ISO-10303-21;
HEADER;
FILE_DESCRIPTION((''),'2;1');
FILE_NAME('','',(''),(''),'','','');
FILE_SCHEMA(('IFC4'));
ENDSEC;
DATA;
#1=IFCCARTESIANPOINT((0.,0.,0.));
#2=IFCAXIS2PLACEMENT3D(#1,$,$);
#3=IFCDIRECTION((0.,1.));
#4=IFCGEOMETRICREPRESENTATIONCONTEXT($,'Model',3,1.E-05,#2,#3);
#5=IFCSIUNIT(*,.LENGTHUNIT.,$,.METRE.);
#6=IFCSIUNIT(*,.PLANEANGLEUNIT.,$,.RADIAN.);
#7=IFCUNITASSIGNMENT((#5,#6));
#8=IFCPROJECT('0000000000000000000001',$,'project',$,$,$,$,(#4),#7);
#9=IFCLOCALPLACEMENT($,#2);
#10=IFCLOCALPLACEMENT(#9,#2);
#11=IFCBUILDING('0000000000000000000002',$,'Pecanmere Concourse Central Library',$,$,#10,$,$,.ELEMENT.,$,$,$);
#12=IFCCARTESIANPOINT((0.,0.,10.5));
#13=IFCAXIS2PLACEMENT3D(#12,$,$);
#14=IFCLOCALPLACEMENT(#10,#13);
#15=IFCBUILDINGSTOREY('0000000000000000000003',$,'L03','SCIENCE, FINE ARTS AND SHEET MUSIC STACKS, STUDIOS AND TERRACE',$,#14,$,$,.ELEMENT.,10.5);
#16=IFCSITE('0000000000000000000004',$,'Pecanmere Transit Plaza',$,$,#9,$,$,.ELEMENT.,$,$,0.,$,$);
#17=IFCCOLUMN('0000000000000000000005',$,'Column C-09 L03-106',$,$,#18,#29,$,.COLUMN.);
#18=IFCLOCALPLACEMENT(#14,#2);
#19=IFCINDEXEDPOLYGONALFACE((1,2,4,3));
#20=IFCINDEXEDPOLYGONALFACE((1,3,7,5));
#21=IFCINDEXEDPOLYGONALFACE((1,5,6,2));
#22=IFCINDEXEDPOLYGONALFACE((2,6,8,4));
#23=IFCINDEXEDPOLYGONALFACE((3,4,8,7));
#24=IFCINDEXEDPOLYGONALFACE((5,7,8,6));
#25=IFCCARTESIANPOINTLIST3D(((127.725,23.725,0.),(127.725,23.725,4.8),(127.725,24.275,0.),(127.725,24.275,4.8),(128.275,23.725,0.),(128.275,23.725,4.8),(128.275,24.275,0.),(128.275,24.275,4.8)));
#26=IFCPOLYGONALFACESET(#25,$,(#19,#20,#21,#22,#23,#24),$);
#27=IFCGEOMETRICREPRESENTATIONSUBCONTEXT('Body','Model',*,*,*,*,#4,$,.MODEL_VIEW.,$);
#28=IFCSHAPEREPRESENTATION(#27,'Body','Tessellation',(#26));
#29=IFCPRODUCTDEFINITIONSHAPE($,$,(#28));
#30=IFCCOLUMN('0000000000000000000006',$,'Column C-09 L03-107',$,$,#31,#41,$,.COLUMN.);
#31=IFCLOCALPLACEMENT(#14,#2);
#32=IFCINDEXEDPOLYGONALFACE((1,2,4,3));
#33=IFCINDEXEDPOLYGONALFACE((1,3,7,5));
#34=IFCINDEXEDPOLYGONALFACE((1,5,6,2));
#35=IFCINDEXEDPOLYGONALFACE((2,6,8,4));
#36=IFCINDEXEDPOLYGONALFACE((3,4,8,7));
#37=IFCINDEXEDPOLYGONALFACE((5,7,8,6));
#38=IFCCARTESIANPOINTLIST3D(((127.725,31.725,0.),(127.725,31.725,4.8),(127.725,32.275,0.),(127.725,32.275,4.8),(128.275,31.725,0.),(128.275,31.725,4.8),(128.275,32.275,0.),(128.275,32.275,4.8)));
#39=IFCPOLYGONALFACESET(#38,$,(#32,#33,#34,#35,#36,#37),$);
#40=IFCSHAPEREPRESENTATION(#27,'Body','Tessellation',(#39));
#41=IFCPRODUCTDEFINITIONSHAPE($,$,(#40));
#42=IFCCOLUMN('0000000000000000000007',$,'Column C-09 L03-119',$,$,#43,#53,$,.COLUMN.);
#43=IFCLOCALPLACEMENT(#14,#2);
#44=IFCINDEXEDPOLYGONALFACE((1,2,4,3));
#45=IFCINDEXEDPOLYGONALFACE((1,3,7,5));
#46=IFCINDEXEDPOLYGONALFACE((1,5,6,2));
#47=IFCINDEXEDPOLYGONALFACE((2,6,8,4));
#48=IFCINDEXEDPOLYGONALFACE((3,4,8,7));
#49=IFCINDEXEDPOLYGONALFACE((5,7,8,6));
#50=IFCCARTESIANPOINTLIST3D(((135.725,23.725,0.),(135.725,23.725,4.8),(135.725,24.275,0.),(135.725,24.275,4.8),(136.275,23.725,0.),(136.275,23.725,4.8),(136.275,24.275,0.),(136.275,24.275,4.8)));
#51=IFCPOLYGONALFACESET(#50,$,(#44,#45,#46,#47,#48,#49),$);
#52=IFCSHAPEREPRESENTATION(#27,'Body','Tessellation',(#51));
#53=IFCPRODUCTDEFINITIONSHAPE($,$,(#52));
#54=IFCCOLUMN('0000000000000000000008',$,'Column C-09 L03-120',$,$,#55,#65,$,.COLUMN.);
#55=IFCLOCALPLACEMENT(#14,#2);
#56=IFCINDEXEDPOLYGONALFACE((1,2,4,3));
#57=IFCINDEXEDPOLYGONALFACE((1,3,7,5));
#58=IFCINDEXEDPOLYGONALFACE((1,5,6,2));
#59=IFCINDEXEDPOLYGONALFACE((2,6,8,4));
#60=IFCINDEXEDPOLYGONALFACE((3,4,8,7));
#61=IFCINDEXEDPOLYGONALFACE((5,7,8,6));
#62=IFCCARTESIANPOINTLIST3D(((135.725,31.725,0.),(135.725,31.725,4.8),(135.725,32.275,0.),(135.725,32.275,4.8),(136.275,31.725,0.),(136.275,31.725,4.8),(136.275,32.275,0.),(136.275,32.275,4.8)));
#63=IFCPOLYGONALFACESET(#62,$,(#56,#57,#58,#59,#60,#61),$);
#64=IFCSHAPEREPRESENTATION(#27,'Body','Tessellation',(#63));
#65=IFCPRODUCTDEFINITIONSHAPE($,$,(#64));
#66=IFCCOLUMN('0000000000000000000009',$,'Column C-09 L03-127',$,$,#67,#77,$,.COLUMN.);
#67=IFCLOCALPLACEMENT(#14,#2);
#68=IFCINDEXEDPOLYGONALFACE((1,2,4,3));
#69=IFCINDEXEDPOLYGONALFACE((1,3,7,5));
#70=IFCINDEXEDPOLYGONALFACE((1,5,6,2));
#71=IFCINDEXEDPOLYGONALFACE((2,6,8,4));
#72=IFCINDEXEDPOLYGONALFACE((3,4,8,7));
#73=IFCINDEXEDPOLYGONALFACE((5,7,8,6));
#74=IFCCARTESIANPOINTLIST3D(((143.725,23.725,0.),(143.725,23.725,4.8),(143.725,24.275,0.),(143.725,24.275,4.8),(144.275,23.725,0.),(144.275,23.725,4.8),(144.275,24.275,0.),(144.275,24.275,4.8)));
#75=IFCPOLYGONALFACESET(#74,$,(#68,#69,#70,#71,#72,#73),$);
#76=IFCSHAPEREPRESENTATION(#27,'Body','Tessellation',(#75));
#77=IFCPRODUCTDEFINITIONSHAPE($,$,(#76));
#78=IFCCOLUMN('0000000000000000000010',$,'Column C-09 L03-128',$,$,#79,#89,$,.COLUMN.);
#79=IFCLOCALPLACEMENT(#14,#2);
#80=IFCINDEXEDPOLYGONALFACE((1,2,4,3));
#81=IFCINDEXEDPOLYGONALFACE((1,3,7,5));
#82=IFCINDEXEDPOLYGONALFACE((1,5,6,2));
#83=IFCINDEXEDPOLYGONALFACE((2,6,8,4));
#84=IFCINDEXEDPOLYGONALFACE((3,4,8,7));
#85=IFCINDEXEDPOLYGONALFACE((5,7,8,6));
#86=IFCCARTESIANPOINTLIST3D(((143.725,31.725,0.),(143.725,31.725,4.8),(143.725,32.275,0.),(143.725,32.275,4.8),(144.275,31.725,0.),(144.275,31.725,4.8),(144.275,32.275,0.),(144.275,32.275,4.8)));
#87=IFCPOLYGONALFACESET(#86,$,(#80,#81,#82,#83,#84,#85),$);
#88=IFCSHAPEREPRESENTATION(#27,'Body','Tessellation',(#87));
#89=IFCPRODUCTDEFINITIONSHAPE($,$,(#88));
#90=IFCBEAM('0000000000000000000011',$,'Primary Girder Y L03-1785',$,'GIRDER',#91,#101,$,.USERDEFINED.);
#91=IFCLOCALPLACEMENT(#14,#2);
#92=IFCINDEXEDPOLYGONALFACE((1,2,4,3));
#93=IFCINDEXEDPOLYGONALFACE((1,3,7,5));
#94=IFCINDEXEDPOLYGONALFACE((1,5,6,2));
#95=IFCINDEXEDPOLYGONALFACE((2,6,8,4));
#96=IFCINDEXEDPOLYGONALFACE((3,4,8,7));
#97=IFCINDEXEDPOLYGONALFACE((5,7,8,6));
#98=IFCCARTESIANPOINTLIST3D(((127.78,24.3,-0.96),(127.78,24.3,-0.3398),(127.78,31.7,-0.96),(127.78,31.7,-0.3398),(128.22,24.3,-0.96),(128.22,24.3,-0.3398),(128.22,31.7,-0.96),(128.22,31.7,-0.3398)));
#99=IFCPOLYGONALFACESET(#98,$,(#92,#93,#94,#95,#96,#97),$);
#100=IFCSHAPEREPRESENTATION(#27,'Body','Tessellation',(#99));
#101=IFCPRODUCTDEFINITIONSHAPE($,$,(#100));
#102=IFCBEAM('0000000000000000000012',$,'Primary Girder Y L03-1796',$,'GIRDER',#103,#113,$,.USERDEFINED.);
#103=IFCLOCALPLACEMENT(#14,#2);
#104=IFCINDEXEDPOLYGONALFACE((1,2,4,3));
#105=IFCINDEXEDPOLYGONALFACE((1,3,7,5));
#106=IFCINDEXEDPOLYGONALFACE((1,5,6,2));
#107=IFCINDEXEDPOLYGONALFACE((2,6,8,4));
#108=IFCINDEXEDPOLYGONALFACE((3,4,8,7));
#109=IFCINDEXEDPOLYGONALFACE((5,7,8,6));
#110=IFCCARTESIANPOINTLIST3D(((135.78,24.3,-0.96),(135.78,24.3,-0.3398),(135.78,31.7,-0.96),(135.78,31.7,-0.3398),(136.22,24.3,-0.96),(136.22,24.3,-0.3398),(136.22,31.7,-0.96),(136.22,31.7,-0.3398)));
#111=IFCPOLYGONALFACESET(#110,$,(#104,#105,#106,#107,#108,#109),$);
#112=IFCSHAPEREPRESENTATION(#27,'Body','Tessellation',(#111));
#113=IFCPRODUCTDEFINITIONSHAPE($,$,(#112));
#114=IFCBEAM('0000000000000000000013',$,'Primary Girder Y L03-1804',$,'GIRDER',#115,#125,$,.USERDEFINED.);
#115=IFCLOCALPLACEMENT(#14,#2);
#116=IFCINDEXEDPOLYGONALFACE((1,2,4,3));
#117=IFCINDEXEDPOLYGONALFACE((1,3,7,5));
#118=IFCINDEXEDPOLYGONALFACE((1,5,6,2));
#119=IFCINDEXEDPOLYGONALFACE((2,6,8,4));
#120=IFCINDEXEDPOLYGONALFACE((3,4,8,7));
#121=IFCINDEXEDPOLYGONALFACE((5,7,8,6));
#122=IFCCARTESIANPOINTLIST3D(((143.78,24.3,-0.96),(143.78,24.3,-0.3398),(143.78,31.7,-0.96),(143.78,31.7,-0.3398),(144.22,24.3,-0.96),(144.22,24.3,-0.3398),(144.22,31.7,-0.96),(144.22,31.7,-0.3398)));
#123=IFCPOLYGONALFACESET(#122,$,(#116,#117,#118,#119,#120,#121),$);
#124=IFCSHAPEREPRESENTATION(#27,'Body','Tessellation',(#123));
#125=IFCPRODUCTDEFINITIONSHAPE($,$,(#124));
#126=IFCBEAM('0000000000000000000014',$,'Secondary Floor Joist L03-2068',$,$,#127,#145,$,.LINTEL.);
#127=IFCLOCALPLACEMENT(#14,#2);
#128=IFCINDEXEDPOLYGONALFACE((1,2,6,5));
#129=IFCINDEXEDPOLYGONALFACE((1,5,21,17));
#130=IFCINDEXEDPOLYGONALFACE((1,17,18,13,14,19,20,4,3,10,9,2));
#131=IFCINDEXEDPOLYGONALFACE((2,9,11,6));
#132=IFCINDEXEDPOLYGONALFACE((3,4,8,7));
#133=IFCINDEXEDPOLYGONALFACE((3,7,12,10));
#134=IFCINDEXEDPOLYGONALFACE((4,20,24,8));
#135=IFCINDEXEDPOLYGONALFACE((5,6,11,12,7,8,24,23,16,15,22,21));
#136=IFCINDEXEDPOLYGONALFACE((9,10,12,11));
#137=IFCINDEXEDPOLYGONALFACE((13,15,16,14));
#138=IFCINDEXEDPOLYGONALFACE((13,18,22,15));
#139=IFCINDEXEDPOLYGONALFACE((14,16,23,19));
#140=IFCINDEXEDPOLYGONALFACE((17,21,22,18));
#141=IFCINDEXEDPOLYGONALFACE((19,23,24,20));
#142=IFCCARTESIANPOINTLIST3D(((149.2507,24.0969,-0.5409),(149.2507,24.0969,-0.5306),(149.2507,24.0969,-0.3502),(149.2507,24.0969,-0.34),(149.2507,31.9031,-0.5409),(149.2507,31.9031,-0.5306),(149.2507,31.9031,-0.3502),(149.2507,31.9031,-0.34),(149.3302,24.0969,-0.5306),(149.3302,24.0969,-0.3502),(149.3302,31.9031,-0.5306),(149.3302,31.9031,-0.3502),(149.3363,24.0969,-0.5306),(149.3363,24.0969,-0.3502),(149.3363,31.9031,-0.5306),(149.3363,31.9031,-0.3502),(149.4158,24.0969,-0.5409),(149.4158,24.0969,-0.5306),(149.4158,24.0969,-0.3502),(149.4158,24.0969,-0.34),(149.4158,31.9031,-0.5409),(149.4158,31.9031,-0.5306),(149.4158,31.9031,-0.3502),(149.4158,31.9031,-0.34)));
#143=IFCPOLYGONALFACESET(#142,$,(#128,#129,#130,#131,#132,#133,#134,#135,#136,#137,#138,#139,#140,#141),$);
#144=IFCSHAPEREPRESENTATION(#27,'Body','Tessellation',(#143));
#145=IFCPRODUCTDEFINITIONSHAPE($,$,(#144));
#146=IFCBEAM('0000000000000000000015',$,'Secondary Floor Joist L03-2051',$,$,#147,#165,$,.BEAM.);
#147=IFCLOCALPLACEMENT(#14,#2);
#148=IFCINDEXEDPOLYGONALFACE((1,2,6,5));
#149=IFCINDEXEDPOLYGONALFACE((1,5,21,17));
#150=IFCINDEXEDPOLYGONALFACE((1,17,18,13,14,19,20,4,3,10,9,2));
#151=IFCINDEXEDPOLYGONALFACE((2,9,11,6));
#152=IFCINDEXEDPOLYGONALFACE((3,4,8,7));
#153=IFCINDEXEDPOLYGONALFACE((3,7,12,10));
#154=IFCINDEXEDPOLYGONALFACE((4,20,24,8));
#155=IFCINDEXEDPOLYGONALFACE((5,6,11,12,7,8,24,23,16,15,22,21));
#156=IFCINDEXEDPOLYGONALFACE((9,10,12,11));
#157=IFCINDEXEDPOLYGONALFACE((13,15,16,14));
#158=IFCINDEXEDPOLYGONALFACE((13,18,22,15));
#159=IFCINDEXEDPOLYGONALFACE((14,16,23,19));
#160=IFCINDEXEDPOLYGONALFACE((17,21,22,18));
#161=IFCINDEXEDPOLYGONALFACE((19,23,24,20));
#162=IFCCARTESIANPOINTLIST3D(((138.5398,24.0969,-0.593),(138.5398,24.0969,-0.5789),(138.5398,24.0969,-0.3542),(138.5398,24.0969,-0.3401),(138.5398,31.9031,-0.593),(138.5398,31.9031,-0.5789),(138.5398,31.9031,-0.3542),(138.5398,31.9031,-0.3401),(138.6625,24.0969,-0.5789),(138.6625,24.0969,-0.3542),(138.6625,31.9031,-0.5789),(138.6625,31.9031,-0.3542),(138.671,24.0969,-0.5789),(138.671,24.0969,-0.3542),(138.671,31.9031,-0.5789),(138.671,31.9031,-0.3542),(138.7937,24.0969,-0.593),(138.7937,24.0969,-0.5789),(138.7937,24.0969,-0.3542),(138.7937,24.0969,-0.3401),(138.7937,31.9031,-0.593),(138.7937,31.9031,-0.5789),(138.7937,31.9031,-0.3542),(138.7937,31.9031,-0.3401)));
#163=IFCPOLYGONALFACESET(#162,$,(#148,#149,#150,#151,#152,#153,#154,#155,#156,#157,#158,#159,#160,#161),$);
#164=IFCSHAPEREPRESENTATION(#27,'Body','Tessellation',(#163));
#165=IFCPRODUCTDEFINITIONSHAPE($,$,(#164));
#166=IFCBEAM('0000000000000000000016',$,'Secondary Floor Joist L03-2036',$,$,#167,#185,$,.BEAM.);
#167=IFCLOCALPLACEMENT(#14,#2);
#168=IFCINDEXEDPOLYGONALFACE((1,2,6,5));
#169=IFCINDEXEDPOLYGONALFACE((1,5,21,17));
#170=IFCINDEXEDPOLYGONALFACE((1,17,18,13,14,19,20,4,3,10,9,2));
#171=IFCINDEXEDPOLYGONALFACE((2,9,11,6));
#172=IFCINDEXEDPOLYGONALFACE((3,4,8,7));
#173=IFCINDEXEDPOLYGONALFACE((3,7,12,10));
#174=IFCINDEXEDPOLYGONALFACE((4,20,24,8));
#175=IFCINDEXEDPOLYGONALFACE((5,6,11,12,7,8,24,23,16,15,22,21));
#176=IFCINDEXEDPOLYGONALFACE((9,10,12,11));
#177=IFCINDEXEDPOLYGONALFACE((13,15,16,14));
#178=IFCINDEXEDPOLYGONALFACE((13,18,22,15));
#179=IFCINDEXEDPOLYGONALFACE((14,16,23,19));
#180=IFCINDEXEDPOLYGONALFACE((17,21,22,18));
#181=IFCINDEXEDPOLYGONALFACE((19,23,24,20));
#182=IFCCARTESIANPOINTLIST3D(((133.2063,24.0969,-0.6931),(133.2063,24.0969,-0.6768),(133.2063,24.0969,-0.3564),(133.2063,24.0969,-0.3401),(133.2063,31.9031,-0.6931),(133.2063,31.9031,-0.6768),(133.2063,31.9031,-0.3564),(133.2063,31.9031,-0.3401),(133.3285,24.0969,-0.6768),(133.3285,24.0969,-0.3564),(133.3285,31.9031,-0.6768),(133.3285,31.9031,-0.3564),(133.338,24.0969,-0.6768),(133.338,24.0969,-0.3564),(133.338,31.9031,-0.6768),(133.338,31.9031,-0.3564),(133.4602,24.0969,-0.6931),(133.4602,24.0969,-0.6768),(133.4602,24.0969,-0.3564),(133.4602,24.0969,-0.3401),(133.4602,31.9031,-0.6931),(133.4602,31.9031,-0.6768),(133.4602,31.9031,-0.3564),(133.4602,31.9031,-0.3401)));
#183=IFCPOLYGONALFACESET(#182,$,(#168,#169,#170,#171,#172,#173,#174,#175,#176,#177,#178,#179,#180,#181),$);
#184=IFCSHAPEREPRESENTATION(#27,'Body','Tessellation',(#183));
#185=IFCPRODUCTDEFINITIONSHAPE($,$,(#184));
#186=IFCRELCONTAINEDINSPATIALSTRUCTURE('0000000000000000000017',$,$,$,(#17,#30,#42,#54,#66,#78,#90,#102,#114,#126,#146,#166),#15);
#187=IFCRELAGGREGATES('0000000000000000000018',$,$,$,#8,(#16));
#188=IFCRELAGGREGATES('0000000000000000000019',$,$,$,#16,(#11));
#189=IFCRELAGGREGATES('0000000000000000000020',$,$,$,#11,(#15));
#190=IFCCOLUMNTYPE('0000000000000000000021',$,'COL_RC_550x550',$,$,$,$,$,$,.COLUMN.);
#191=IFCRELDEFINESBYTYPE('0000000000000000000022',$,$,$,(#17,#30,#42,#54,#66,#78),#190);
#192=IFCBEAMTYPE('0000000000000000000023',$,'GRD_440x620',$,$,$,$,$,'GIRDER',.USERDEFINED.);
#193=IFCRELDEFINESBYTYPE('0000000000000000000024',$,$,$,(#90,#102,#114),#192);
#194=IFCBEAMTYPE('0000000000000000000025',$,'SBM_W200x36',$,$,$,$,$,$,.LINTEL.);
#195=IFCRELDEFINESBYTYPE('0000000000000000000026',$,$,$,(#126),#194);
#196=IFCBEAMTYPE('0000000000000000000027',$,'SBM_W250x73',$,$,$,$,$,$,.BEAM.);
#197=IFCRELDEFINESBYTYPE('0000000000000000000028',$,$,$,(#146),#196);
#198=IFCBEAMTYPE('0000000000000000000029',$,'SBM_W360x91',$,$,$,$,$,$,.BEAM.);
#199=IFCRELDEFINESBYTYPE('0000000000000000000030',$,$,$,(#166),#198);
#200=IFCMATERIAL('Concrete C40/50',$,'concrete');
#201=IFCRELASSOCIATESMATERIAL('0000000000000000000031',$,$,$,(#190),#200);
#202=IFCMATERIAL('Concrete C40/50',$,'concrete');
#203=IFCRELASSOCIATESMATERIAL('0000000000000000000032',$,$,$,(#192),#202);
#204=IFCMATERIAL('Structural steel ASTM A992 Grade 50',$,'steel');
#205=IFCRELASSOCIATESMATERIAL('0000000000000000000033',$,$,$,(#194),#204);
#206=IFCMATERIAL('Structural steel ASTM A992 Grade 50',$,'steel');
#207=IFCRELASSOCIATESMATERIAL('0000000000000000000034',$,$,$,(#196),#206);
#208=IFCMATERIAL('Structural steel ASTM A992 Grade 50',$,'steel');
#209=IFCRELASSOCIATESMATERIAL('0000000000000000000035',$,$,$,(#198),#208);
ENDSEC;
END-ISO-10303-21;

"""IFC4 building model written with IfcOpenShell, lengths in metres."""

from ifc_helpers import new_model, si_unit, direction, frame, origin, origin_2d, place, context, subcontext, project, spatial, rectangle, i_section, extrude, material, material_profile, profile_set, type_object, element, save


model = new_model("IFC4")

# Units and contexts
model_context = context("Model", 3, precision=1e-05, world=origin(), true_north=direction((0.0, 1.0)))
body_context = subcontext(model_context, "Body", "Model", "MODEL_VIEW")
ifc_project = project(units=[si_unit("LENGTHUNIT", "METRE"), si_unit("PLANEANGLEUNIT", "RADIAN")], contexts=[model_context])

# Site, building, storey
site_placement = place(None, origin())
site = spatial("IfcSite", under=ifc_project, at=site_placement, Name="Pecanmere Transit Plaza", CompositionType="ELEMENT", RefElevation=0.0)
building_placement = place(site_placement, origin())
building = spatial("IfcBuilding", under=site, at=building_placement, Name="Pecanmere Concourse Central Library", CompositionType="ELEMENT")
storey_placement = place(building_placement, frame((0.0, 0.0, 10.5)))
storey = spatial("IfcBuildingStorey", under=building, at=storey_placement, Name="L03", Description="SCIENCE, FINE ARTS AND SHEET MUSIC STACKS, STUDIOS AND TERRACE", CompositionType="ELEMENT", Elevation=10.5)

# Columns
ifc_material_1 = material(Name="Concrete C40/50", Category="concrete")
ifc_material_profile_1 = material_profile(ifc_material_1, rectangle(XDim=0.55, YDim=0.55, at=origin_2d()), Name="RC 550x550")
ifc_profile_set_1 = profile_set([ifc_material_profile_1], Name="Concrete C40/50")
column_type = type_object("IfcColumnType", Name="COL_RC_550x550", PredefinedType="COLUMN", material=ifc_profile_set_1)
for number, where, z_axis, x_axis, name in (
    (1, (128.0, 24.0, 0.0), (0.0, 0.0, 1.0), (1.0, 0.0, 0.0), "Column C-09 L03-106"),
    (2, (128.0, 32.0, 0.0), (0.0, 0.0, 1.0), (1.0, 0.0, 0.0), "Column C-09 L03-107"),
    (3, (136.0, 24.0, 0.0), (0.0, 0.0, 1.0), (1.0, 0.0, 0.0), "Column C-09 L03-119"),
    (4, (136.0, 32.0, 0.0), (0.0, 0.0, 1.0), (1.0, 0.0, 0.0), "Column C-09 L03-120"),
    (5, (144.0, 24.0, 0.0), (0.0, 0.0, 1.0), (1.0, 0.0, 0.0), "Column C-09 L03-127"),
    (6, (144.0, 32.0, 0.0), (0.0, 0.0, 1.0), (1.0, 0.0, 0.0), "Column C-09 L03-128"),
):
    element("IfcColumn", number, at=place(storey_placement, frame(where, z_axis=z_axis, x_axis=x_axis)), inside=storey, type_object=column_type, Name=name, PredefinedType="COLUMN", context=body_context, shape_type="SweptSolid", body=[
        extrude(rectangle(XDim=0.55, YDim=0.55, at=origin_2d()), origin(), (0.0, 0.0, 1.0), 4.8),
    ])

# Beams
ifc_material_2 = material(Name="Concrete C40/50", Category="concrete")
ifc_material_profile_2 = material_profile(ifc_material_2, rectangle(XDim=0.4399, YDim=0.6201, at=origin_2d()), Name="RC 440x620")
ifc_profile_set_2 = profile_set([ifc_material_profile_2], Name="Concrete C40/50")
beam_type_1 = type_object("IfcBeamType", Name="GRD_440x620", ElementType="GIRDER", PredefinedType="USERDEFINED", material=ifc_profile_set_2)
for number, where, z_axis, x_axis, name in (
    (7, (128.0, 24.3, -0.6499), (0.0, 1.0, 0.0), (-1.0, 0.0, 0.0), "Primary Girder Y L03-1785"),
    (8, (136.0, 24.3, -0.6499), (0.0, 1.0, 0.0), (-1.0, 0.0, 0.0), "Primary Girder Y L03-1796"),
    (9, (144.0, 24.3, -0.6499), (0.0, 1.0, 0.0), (-1.0, 0.0, 0.0), "Primary Girder Y L03-1804"),
):
    element("IfcBeam", number, at=place(storey_placement, frame(where, z_axis=z_axis, x_axis=x_axis)), inside=storey, type_object=beam_type_1, Name=name, ObjectType="GIRDER", PredefinedType="USERDEFINED", context=body_context, shape_type="SweptSolid", body=[
        extrude(rectangle(XDim=0.4399, YDim=0.6201, at=origin_2d()), origin(), (0.0, 0.0, 1.0), 7.3999),
    ])
ifc_material_3 = material(Name="Structural steel ASTM A992 Grade 50", Category="steel")
ifc_material_profile_3 = material_profile(ifc_material_3, i_section(OverallWidth=0.165, OverallDepth=0.2009, WebThickness=0.0061, FlangeThickness=0.0103, at=origin_2d()), Name="W200x35.9")
ifc_profile_set_3 = profile_set([ifc_material_profile_3], Name="Structural steel ASTM A992 Grade 50")
beam_type_2 = type_object("IfcBeamType", Name="SBM_W200x36", PredefinedType="LINTEL", material=ifc_profile_set_3)
beam_1_placement = place(storey_placement, frame((149.3333, 24.0969, -0.4404), z_axis=(0.0, 1.0, 0.0), x_axis=(-1.0, 0.0, 0.0)))
element("IfcBeam", 10, at=beam_1_placement, inside=storey, type_object=beam_type_2, Name="Secondary Floor Joist L03-2068", PredefinedType="LINTEL", context=body_context, shape_type="SweptSolid", body=[
    extrude(i_section(OverallWidth=0.165, OverallDepth=0.2009, WebThickness=0.0061, FlangeThickness=0.0103, at=origin_2d()), origin(), (0.0, 0.0, 1.0), 7.8062),
])
ifc_material_4 = material(Name="Structural steel ASTM A992 Grade 50", Category="steel")
ifc_material_profile_4 = material_profile(ifc_material_4, i_section(OverallWidth=0.2539, OverallDepth=0.2529, WebThickness=0.0085, FlangeThickness=0.0142, at=origin_2d()), Name="W250x73")
ifc_profile_set_4 = profile_set([ifc_material_profile_4], Name="Structural steel ASTM A992 Grade 50")
beam_type_3 = type_object("IfcBeamType", Name="SBM_W250x73", PredefinedType="BEAM", material=ifc_profile_set_4)
beam_2_placement = place(storey_placement, frame((138.6667, 24.0969, -0.4666), z_axis=(0.0, 1.0, 0.0), x_axis=(-1.0, 0.0, 0.0)))
element("IfcBeam", 11, at=beam_2_placement, inside=storey, type_object=beam_type_3, Name="Secondary Floor Joist L03-2051", PredefinedType="BEAM", context=body_context, shape_type="SweptSolid", body=[
    extrude(i_section(OverallWidth=0.2539, OverallDepth=0.2529, WebThickness=0.0085, FlangeThickness=0.0142, at=origin_2d()), origin(), (0.0, 0.0, 1.0), 7.8062),
])
ifc_material_5 = material(Name="Structural steel ASTM A992 Grade 50", Category="steel")
ifc_material_profile_5 = material_profile(ifc_material_5, i_section(OverallWidth=0.2539, OverallDepth=0.353, WebThickness=0.0095, FlangeThickness=0.0164, at=origin_2d()), Name="W360x91")
ifc_profile_set_5 = profile_set([ifc_material_profile_5], Name="Structural steel ASTM A992 Grade 50")
beam_type_4 = type_object("IfcBeamType", Name="SBM_W360x91", PredefinedType="BEAM", material=ifc_profile_set_5)
beam_3_placement = place(storey_placement, frame((133.3333, 24.0969, -0.5166), z_axis=(0.0, 1.0, 0.0), x_axis=(-1.0, 0.0, 0.0)))
element("IfcBeam", 12, at=beam_3_placement, inside=storey, type_object=beam_type_4, Name="Secondary Floor Joist L03-2036", PredefinedType="BEAM", context=body_context, shape_type="SweptSolid", body=[
    extrude(i_section(OverallWidth=0.2539, OverallDepth=0.353, WebThickness=0.0095, FlangeThickness=0.0164, at=origin_2d()), origin(), (0.0, 0.0, 1.0), 7.8062),
])

save(model, "model.ifc")
